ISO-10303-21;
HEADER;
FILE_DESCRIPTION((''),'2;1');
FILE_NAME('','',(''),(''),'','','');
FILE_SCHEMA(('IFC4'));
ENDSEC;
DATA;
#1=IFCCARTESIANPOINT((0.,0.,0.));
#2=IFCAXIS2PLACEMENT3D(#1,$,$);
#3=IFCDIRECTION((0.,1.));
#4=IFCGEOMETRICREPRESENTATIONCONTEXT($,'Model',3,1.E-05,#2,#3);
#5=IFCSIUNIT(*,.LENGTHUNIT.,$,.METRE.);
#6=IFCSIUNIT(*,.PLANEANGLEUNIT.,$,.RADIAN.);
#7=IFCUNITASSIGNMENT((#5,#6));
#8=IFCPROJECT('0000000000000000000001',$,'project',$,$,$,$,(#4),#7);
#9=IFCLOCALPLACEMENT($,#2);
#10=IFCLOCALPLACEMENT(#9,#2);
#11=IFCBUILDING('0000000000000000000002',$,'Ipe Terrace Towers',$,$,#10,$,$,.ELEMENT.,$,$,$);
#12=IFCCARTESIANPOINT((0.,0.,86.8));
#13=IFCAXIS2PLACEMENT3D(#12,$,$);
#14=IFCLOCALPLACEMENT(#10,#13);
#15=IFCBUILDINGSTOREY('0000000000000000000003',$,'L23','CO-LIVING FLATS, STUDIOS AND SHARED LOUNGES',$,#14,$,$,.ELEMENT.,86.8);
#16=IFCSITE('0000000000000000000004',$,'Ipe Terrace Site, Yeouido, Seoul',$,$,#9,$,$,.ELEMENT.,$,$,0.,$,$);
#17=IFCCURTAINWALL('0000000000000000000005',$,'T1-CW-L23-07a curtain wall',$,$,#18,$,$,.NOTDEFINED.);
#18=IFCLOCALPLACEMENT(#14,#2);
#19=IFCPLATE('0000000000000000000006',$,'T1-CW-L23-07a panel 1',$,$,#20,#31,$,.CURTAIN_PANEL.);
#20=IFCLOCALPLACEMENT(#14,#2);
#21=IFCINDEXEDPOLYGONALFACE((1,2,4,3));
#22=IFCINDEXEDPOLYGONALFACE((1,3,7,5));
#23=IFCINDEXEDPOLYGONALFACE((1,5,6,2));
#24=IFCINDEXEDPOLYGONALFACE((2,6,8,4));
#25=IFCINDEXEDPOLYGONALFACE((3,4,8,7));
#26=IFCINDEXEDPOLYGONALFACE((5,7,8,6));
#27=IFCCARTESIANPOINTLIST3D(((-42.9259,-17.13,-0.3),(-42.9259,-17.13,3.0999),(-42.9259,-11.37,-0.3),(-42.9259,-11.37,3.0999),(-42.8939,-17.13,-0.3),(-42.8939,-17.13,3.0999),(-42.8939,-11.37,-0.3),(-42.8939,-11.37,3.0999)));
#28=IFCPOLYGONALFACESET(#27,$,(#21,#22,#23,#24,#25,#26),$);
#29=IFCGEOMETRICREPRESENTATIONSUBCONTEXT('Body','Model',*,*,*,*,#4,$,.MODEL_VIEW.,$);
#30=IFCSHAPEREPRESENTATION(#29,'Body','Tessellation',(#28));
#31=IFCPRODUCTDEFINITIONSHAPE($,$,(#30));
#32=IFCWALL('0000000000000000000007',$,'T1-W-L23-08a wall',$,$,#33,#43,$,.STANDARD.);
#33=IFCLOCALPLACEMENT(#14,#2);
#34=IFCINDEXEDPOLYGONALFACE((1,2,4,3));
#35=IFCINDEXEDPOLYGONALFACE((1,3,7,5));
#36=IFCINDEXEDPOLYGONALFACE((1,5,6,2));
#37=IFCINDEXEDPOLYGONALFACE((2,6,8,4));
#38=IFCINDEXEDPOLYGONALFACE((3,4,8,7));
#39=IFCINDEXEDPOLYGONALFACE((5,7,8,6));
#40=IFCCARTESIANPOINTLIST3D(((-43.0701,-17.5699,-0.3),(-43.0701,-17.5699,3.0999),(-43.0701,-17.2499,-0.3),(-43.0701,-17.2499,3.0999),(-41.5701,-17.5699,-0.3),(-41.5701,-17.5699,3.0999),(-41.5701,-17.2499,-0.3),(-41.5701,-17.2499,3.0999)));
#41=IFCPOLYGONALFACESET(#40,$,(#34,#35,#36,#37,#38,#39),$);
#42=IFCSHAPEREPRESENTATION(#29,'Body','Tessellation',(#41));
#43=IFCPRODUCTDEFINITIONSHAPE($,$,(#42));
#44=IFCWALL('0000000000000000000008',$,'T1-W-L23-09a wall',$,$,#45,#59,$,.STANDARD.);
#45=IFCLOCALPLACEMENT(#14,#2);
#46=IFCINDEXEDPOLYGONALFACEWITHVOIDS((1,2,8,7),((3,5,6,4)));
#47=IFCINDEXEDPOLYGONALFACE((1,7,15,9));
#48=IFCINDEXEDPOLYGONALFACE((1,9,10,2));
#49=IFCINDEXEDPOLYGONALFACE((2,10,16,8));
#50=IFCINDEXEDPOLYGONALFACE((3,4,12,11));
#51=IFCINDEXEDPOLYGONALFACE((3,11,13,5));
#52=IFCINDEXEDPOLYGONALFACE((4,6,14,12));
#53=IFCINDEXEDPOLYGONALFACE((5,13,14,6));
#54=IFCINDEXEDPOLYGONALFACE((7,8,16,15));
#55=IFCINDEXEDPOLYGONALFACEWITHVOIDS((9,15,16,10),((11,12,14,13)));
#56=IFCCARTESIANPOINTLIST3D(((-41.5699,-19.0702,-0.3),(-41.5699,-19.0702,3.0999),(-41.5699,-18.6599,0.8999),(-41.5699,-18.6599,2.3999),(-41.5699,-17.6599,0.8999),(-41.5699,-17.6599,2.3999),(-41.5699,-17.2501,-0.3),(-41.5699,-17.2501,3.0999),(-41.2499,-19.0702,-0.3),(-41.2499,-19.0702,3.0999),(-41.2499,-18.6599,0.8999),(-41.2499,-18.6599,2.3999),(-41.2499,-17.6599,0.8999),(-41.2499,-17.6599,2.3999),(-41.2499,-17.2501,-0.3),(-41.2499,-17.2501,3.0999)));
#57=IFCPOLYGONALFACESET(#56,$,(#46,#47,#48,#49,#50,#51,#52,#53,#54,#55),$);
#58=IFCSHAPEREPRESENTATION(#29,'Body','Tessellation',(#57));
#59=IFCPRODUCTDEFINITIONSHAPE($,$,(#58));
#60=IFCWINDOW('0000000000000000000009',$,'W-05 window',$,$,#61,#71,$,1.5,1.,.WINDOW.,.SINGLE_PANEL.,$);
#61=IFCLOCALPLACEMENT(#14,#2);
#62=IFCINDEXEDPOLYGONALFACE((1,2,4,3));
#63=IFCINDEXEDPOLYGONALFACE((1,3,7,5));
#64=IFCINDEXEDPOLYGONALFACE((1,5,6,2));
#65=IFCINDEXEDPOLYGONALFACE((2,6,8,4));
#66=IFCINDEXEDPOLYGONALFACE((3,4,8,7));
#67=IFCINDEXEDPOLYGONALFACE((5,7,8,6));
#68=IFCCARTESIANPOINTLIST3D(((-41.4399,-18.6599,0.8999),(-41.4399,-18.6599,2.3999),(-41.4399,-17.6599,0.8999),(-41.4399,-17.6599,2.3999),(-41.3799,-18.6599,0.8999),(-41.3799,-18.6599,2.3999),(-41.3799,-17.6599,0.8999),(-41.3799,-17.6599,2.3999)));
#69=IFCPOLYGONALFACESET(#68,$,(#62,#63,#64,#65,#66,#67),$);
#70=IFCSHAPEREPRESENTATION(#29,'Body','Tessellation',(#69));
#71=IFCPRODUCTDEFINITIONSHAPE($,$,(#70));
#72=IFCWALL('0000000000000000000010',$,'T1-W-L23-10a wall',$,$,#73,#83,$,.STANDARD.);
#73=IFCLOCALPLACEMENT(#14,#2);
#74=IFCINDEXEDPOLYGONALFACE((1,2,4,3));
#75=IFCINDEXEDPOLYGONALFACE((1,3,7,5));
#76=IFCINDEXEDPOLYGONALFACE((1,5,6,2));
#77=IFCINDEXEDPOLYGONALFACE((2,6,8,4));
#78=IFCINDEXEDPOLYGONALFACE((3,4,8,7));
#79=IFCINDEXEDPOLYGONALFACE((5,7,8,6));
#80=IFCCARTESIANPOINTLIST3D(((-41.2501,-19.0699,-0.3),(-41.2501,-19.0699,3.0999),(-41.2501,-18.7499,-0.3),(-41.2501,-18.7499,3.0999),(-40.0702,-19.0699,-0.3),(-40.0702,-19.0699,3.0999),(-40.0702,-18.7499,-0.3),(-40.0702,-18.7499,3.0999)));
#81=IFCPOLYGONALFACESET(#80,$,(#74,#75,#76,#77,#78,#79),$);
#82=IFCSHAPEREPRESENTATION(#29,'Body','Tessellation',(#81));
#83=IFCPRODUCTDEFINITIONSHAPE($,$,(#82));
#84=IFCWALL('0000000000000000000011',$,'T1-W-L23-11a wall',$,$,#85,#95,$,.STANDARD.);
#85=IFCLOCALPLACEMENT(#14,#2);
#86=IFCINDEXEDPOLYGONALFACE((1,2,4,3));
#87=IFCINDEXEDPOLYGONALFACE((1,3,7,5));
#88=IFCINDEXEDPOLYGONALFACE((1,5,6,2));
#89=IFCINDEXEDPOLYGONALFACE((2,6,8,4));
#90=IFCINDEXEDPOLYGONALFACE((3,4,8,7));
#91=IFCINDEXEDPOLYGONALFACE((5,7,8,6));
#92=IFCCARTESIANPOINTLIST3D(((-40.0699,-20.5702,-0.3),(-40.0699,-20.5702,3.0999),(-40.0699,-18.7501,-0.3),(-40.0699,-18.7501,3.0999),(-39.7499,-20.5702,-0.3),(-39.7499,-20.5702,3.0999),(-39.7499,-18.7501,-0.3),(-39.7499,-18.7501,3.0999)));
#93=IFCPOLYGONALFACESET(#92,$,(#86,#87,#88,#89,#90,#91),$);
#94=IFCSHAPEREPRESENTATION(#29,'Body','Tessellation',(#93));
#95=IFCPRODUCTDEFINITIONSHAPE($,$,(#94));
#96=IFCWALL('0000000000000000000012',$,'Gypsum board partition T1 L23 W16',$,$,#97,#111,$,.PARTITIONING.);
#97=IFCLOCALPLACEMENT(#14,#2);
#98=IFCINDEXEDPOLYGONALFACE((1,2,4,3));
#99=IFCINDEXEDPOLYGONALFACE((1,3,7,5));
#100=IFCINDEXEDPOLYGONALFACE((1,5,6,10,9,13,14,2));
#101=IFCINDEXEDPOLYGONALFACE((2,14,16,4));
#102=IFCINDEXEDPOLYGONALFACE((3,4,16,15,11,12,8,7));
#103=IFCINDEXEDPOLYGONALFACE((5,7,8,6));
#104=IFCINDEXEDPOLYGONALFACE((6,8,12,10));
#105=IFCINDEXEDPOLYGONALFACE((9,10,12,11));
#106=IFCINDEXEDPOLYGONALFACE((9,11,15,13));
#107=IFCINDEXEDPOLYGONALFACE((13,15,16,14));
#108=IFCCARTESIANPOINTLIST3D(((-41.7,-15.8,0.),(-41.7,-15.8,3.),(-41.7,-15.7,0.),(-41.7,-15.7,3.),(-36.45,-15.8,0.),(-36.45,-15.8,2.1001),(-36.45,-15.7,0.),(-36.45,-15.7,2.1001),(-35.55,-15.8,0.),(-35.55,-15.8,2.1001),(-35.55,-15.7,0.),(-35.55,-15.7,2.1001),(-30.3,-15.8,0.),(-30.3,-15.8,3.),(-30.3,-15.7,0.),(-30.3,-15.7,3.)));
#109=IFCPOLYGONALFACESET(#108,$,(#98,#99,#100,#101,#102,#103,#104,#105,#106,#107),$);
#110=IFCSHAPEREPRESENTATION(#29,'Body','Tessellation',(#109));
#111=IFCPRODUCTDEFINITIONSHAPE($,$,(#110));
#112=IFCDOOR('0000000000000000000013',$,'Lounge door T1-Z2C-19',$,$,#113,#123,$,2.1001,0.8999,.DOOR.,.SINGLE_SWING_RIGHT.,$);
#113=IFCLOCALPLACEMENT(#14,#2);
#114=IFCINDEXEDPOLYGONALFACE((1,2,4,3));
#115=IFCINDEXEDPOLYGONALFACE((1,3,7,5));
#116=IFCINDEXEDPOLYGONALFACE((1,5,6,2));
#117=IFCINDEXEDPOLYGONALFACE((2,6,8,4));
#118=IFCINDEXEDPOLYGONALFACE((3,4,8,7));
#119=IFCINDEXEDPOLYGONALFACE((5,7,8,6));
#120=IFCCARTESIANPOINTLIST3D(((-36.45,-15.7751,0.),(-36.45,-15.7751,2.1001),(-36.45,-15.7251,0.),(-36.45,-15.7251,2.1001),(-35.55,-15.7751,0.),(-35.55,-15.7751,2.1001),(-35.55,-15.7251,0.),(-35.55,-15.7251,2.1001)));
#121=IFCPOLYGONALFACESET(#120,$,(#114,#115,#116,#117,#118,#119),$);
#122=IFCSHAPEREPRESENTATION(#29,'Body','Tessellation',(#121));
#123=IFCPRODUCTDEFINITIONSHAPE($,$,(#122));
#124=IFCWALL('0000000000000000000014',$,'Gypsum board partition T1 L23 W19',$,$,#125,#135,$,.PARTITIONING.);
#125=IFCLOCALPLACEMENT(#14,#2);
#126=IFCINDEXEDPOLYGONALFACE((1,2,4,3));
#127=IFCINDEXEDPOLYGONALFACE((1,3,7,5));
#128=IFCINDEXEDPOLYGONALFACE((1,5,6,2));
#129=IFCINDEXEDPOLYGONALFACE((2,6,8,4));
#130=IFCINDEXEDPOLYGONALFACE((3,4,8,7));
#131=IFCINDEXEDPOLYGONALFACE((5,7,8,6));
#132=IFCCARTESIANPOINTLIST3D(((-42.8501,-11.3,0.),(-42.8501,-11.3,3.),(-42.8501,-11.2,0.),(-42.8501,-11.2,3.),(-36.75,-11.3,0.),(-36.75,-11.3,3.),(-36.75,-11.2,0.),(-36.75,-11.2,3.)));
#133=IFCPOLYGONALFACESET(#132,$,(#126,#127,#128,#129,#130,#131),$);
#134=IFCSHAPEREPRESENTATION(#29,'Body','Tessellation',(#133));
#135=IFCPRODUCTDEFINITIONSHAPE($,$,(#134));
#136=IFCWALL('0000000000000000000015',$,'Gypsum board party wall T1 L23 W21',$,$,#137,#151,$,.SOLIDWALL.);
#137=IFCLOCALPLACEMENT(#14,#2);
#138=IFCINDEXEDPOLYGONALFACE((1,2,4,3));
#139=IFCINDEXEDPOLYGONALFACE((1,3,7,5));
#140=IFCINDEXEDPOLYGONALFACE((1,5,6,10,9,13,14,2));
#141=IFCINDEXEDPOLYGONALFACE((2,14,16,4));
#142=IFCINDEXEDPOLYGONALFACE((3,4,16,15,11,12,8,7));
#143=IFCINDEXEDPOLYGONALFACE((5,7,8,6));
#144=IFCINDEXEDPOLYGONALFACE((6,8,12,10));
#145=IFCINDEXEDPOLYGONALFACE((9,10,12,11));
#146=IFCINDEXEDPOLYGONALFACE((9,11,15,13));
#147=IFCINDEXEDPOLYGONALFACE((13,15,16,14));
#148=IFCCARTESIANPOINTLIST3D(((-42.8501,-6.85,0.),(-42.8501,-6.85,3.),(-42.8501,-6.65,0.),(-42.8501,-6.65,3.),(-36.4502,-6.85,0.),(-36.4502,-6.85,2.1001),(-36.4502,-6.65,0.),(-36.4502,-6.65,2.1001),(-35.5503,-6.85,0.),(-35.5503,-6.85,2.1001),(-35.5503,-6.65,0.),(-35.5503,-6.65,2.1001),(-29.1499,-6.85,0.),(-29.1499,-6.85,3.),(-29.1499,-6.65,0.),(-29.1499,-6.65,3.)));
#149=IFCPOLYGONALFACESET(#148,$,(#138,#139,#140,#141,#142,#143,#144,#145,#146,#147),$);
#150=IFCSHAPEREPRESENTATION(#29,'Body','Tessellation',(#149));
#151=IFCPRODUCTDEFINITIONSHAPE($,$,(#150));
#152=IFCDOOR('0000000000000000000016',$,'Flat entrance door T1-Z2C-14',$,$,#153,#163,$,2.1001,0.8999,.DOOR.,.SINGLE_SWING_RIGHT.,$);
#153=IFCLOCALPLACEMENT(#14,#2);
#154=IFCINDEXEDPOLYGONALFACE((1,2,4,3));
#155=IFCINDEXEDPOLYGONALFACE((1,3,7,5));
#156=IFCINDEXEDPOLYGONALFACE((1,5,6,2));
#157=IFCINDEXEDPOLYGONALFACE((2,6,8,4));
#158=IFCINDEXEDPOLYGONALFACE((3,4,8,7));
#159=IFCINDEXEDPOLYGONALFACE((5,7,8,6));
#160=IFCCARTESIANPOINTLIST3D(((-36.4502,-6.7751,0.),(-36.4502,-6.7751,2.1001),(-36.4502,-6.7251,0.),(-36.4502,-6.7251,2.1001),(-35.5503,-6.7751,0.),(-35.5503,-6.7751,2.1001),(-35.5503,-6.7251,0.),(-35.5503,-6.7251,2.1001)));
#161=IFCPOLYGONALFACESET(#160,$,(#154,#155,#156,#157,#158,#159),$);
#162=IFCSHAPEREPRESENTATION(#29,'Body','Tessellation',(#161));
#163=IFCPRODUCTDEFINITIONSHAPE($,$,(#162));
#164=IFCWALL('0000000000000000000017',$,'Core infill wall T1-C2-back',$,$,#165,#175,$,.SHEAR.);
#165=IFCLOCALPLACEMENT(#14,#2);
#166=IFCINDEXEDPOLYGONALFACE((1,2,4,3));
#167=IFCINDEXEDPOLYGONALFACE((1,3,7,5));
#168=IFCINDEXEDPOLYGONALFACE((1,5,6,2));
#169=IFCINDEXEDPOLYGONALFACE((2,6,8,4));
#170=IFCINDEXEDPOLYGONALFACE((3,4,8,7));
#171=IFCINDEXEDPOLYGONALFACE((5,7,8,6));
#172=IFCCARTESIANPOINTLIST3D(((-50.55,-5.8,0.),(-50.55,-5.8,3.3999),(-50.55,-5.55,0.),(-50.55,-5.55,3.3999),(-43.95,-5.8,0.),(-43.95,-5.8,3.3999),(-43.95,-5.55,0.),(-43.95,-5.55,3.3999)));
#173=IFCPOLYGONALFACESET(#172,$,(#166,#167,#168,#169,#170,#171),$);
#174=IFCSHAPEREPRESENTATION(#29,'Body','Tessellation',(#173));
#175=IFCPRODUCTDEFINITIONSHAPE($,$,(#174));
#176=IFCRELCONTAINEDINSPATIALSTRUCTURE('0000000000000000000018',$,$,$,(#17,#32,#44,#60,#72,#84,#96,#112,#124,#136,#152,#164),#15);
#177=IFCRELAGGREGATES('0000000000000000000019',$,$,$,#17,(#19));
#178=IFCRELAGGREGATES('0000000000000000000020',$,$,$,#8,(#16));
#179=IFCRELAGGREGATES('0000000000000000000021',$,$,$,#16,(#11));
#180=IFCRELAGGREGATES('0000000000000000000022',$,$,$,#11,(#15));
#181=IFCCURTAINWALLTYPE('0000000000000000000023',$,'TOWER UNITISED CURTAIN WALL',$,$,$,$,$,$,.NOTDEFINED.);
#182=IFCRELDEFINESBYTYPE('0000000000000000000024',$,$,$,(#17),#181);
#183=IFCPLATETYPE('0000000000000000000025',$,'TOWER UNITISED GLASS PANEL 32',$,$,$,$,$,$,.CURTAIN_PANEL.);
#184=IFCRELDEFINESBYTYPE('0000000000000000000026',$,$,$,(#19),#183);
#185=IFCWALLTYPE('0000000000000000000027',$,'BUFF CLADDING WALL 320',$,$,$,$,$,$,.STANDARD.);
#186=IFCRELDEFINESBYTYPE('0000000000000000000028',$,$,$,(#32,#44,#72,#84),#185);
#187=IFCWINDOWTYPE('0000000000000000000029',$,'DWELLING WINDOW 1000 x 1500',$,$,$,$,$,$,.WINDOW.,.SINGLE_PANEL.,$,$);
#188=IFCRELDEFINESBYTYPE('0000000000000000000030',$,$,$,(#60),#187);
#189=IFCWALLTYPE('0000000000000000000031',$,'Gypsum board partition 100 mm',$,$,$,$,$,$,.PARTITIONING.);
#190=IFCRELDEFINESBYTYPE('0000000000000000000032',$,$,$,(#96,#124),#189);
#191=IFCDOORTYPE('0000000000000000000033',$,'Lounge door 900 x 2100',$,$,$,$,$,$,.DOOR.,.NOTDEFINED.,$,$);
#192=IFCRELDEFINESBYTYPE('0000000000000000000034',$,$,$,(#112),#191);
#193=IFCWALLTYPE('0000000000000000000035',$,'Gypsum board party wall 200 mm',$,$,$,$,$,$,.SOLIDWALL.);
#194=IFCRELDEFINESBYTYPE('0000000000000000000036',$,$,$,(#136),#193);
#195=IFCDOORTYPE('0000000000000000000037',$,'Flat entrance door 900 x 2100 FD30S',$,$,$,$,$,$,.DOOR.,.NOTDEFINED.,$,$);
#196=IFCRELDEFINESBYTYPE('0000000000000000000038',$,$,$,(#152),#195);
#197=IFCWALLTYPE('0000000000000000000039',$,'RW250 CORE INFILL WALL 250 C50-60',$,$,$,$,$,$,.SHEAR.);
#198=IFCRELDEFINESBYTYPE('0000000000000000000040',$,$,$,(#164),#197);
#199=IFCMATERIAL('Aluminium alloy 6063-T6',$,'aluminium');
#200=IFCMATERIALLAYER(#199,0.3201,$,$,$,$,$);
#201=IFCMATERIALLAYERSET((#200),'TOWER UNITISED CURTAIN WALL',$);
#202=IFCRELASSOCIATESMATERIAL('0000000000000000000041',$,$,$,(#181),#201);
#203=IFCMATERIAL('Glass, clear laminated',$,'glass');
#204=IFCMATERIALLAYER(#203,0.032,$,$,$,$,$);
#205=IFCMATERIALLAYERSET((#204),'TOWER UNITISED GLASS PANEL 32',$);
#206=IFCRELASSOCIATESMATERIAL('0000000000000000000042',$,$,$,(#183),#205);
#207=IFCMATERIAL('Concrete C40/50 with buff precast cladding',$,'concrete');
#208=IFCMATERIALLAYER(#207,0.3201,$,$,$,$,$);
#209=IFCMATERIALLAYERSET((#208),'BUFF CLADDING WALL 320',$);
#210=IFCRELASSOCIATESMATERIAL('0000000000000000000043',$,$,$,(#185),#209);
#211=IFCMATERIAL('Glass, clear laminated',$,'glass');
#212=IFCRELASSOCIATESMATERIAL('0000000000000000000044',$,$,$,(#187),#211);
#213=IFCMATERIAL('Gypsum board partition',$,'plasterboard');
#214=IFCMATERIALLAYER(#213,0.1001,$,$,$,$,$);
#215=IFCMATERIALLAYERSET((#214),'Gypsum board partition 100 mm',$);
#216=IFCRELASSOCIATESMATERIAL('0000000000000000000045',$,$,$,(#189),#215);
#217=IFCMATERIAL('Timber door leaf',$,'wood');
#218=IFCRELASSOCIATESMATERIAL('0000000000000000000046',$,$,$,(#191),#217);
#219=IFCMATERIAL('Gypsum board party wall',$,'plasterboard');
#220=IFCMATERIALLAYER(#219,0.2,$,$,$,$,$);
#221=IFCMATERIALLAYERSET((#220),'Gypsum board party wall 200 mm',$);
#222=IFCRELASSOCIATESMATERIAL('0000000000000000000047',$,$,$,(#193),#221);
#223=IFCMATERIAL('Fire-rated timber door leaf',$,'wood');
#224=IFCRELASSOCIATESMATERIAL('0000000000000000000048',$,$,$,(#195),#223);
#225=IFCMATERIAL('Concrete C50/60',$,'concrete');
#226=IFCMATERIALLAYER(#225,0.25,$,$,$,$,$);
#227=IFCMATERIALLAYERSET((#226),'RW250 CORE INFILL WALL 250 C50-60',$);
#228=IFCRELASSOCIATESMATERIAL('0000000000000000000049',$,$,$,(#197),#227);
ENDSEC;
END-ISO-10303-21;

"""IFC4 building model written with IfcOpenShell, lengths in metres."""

from ifc_helpers import new_model, si_unit, direction, frame, frame_2d, origin, origin_2d, place, context, subcontext, project, spatial, rectangle, extrude, material, layer, layer_set, type_object, element, fill, aggregate, save


model = new_model("IFC4")

# Units and contexts
model_context = context("Model", 3, precision=1e-05, world=origin(), true_north=direction((0.0, 1.0)))
body_context = subcontext(model_context, "Body", "Model", "MODEL_VIEW")
ifc_project = project(units=[si_unit("LENGTHUNIT", "METRE"), si_unit("PLANEANGLEUNIT", "RADIAN")], contexts=[model_context])

# Site, building, storey
site_placement = place(None, origin())
site = spatial("IfcSite", under=ifc_project, at=site_placement, Name="Ipe Terrace Site, Yeouido, Seoul", CompositionType="ELEMENT", RefElevation=0.0)
building_placement = place(site_placement, origin())
building = spatial("IfcBuilding", under=site, at=building_placement, Name="Ipe Terrace Towers", CompositionType="ELEMENT")
storey_placement = place(building_placement, frame((0.0, 0.0, 86.8)))
storey = spatial("IfcBuildingStorey", under=building, at=storey_placement, Name="L23", Description="CO-LIVING FLATS, STUDIOS AND SHARED LOUNGES", CompositionType="ELEMENT", Elevation=86.8)

# Curtain wall
ifc_material_1 = material(Name="Aluminium alloy 6063-T6", Category="aluminium")
ifc_layer_1 = layer(ifc_material_1, 0.3201)
ifc_layer_set_1 = layer_set([ifc_layer_1], Name="TOWER UNITISED CURTAIN WALL")
curtain_wall_type = type_object("IfcCurtainWallType", Name="TOWER UNITISED CURTAIN WALL", PredefinedType="NOTDEFINED", material=ifc_layer_set_1)
curtain_wall_1_placement = place(storey_placement, origin())
curtain_wall_1 = element("IfcCurtainWall", 1, at=curtain_wall_1_placement, inside=storey, type_object=curtain_wall_type, Name="T1-CW-L23-07a curtain wall", PredefinedType="NOTDEFINED")

# Plate
ifc_material_2 = material(Name="Glass, clear laminated", Category="glass")
ifc_layer_2 = layer(ifc_material_2, 0.032)
ifc_layer_set_2 = layer_set([ifc_layer_2], Name="TOWER UNITISED GLASS PANEL 32")
plate_type = type_object("IfcPlateType", Name="TOWER UNITISED GLASS PANEL 32", PredefinedType="CURTAIN_PANEL", material=ifc_layer_set_2)
plate_1_placement = place(storey_placement, frame((-42.9099, -14.25, -0.3), z_axis=(0.0, 0.0, 1.0), x_axis=(0.0, -1.0, 0.0)))
plate_1 = element("IfcPlate", 2, at=plate_1_placement, type_object=plate_type, Name="T1-CW-L23-07a panel 1", PredefinedType="CURTAIN_PANEL", context=body_context, shape_type="SweptSolid", body=[
    extrude(rectangle(XDim=5.76, YDim=0.032, at=origin_2d()), origin(), (0.0, 0.0, 1.0), 3.3999),
])
aggregate(curtain_wall_1, [plate_1])

# Wall
ifc_material_3 = material(Name="Concrete C40/50 with buff precast cladding", Category="concrete")
ifc_layer_3 = layer(ifc_material_3, 0.3201)
ifc_layer_set_3 = layer_set([ifc_layer_3], Name="BUFF CLADDING WALL 320")
wall_type_1 = type_object("IfcWallType", Name="BUFF CLADDING WALL 320", PredefinedType="STANDARD", material=ifc_layer_set_3)
wall_1_placement = place(storey_placement, frame((-43.0701, -17.4099, -0.3), z_axis=(0.0, 0.0, 1.0), x_axis=(1.0, 0.0, 0.0)))
element("IfcWall", 3, at=wall_1_placement, inside=storey, type_object=wall_type_1, Name="T1-W-L23-08a wall", PredefinedType="STANDARD", context=body_context, shape_type="SweptSolid", body=[
    extrude(rectangle(XDim=1.5, YDim=0.3201, at=frame_2d((0.75, 0.0))), origin(), (0.0, 0.0, 1.0), 3.3999),
])

# Wall, opening, window
wall_2_placement = place(storey_placement, frame((-41.4099, -17.25, -0.3), z_axis=(0.0, 0.0, 1.0), x_axis=(0.0, -1.0, 0.0)))
wall_2 = element("IfcWall", 4, at=wall_2_placement, inside=storey, type_object=wall_type_1, Name="T1-W-L23-09a wall", PredefinedType="STANDARD", context=body_context, shape_type="SweptSolid", body=[
    extrude(rectangle(XDim=1.8201, YDim=0.3201, at=frame_2d((0.9102, 0.0))), origin(), (0.0, 0.0, 1.0), 3.3999),
])
opening_1_placement = place(wall_2_placement, frame((0.4099, 0.0, 1.2)))
opening_1 = element("IfcOpeningElement", 5, at=opening_1_placement, cuts=wall_2, PredefinedType="OPENING", context=body_context, shape_type="SweptSolid", body=[
    extrude(rectangle(XDim=1.0, YDim=1.5, at=frame_2d((0.5, 0.75))), frame((0.0, 0.1699, 0.0), z_axis=(0.0, -1.0, 0.0), x_axis=(1.0, 0.0, 0.0)), (0.0, 0.0, 1.0), 0.3401),
])
ifc_material_4 = material(Name="Glass, clear laminated", Category="glass")
window_type = type_object("IfcWindowType", Name="DWELLING WINDOW 1000 x 1500", PartitioningType="SINGLE_PANEL", PredefinedType="WINDOW", material=ifc_material_4)
window_placement = place(opening_1_placement, origin())
window = element("IfcWindow", 6, at=window_placement, inside=storey, type_object=window_type, Name="W-05 window", OverallHeight=1.5, OverallWidth=1.0, PartitioningType="SINGLE_PANEL", PredefinedType="WINDOW", context=body_context, shape_type="SweptSolid", body=[
    extrude(rectangle(XDim=1.0, YDim=1.5, at=frame_2d((0.5, 0.75))), frame((0.0, 0.03, 0.0), z_axis=(0.0, -1.0, 0.0), x_axis=(1.0, 0.0, 0.0)), (0.0, 0.0, 1.0), 0.0601),
])
fill(opening_1, window)

# Walls
wall_3_placement = place(storey_placement, frame((-41.25, -18.9099, -0.3), z_axis=(0.0, 0.0, 1.0), x_axis=(1.0, 0.0, 0.0)))
element("IfcWall", 7, at=wall_3_placement, inside=storey, type_object=wall_type_1, Name="T1-W-L23-10a wall", PredefinedType="STANDARD", context=body_context, shape_type="SweptSolid", body=[
    extrude(rectangle(XDim=1.1799, YDim=0.3201, at=frame_2d((0.5898, 0.0))), origin(), (0.0, 0.0, 1.0), 3.3999),
])
wall_4_placement = place(storey_placement, frame((-39.9099, -18.75, -0.3), z_axis=(0.0, 0.0, 1.0), x_axis=(0.0, -1.0, 0.0)))
element("IfcWall", 8, at=wall_4_placement, inside=storey, type_object=wall_type_1, Name="T1-W-L23-11a wall", PredefinedType="STANDARD", context=body_context, shape_type="SweptSolid", body=[
    extrude(rectangle(XDim=1.8201, YDim=0.3201, at=frame_2d((0.9102, 0.0))), origin(), (0.0, 0.0, 1.0), 3.3999),
])

# Wall, opening, door
ifc_material_5 = material(Name="Gypsum board partition", Category="plasterboard")
ifc_layer_4 = layer(ifc_material_5, 0.1001)
ifc_layer_set_4 = layer_set([ifc_layer_4], Name="Gypsum board partition 100 mm")
wall_type_2 = type_object("IfcWallType", Name="Gypsum board partition 100 mm", PredefinedType="PARTITIONING", material=ifc_layer_set_4)
wall_5_placement = place(storey_placement, frame((-41.7, -15.75, 0.0), z_axis=(0.0, 0.0, 1.0), x_axis=(1.0, 0.0, 0.0)))
wall_5 = element("IfcWall", 9, at=wall_5_placement, inside=storey, type_object=wall_type_2, Name="Gypsum board partition T1 L23 W16", PredefinedType="PARTITIONING", context=body_context, shape_type="SweptSolid", body=[
    extrude(rectangle(XDim=11.3999, YDim=0.1001, at=frame_2d((5.7, 0.0))), origin(), (0.0, 0.0, 1.0), 3.0),
])
opening_2_placement = place(wall_5_placement, frame((5.25, 0.0, 0.0)))
opening_2 = element("IfcOpeningElement", 10, at=opening_2_placement, cuts=wall_5, PredefinedType="OPENING", context=body_context, shape_type="SweptSolid", body=[
    extrude(rectangle(XDim=0.8999, YDim=2.1001, at=frame_2d((0.45, 1.05))), frame((0.0, 0.0601, 0.0), z_axis=(0.0, -1.0, 0.0), x_axis=(1.0, 0.0, 0.0)), (0.0, 0.0, 1.0), 0.1201),
])
ifc_material_6 = material(Name="Timber door leaf", Category="wood")
door_type_1 = type_object("IfcDoorType", Name="Lounge door 900 x 2100", OperationType="NOTDEFINED", PredefinedType="DOOR", material=ifc_material_6)
door_1_placement = place(opening_2_placement, origin())
door_1 = element("IfcDoor", 11, at=door_1_placement, inside=storey, type_object=door_type_1, Name="Lounge door T1-Z2C-19", OperationType="SINGLE_SWING_RIGHT", OverallHeight=2.1001, OverallWidth=0.8999, PredefinedType="DOOR", context=body_context, shape_type="SweptSolid", body=[
    extrude(rectangle(XDim=0.8999, YDim=2.1001, at=frame_2d((0.45, 1.05))), frame((0.0, 0.0249, 0.0), z_axis=(0.0, -1.0, 0.0), x_axis=(1.0, 0.0, 0.0)), (0.0, 0.0, 1.0), 0.05),
])
fill(opening_2, door_1)

# Wall
wall_6_placement = place(storey_placement, frame((-42.8501, -11.25, 0.0), z_axis=(0.0, 0.0, 1.0), x_axis=(1.0, 0.0, 0.0)))
element("IfcWall", 12, at=wall_6_placement, inside=storey, type_object=wall_type_2, Name="Gypsum board partition T1 L23 W19", PredefinedType="PARTITIONING", context=body_context, shape_type="SweptSolid", body=[
    extrude(rectangle(XDim=6.1001, YDim=0.1001, at=frame_2d((3.05, 0.0))), origin(), (0.0, 0.0, 1.0), 3.0),
])

# Wall, opening, door
ifc_material_7 = material(Name="Gypsum board party wall", Category="plasterboard")
ifc_layer_5 = layer(ifc_material_7, 0.2)
ifc_layer_set_5 = layer_set([ifc_layer_5], Name="Gypsum board party wall 200 mm")
wall_type_3 = type_object("IfcWallType", Name="Gypsum board party wall 200 mm", PredefinedType="SOLIDWALL", material=ifc_layer_set_5)
wall_7_placement = place(storey_placement, frame((-42.8501, -6.75, 0.0), z_axis=(0.0, 0.0, 1.0), x_axis=(1.0, 0.0, 0.0)))
wall_7 = element("IfcWall", 13, at=wall_7_placement, inside=storey, type_object=wall_type_3, Name="Gypsum board party wall T1 L23 W21", PredefinedType="SOLIDWALL", context=body_context, shape_type="SweptSolid", body=[
    extrude(rectangle(XDim=13.7002, YDim=0.2, at=frame_2d((6.8501, 0.0))), origin(), (0.0, 0.0, 1.0), 3.0),
])
opening_3_placement = place(wall_7_placement, frame((6.3999, 0.0, 0.0)))
opening_3 = element("IfcOpeningElement", 14, at=opening_3_placement, cuts=wall_7, PredefinedType="OPENING", context=body_context, shape_type="SweptSolid", body=[
    extrude(rectangle(XDim=0.8999, YDim=2.1001, at=frame_2d((0.45, 1.05))), frame((0.0, 0.1099, 0.0), z_axis=(0.0, -1.0, 0.0), x_axis=(1.0, 0.0, 0.0)), (0.0, 0.0, 1.0), 0.22),
])
ifc_material_8 = material(Name="Fire-rated timber door leaf", Category="wood")
door_type_2 = type_object("IfcDoorType", Name="Flat entrance door 900 x 2100 FD30S", OperationType="NOTDEFINED", PredefinedType="DOOR", material=ifc_material_8)
door_2_placement = place(opening_3_placement, origin())
door_2 = element("IfcDoor", 15, at=door_2_placement, inside=storey, type_object=door_type_2, Name="Flat entrance door T1-Z2C-14", OperationType="SINGLE_SWING_RIGHT", OverallHeight=2.1001, OverallWidth=0.8999, PredefinedType="DOOR", context=body_context, shape_type="SweptSolid", body=[
    extrude(rectangle(XDim=0.8999, YDim=2.1001, at=frame_2d((0.45, 1.05))), frame((0.0, 0.0249, 0.0), z_axis=(0.0, -1.0, 0.0), x_axis=(1.0, 0.0, 0.0)), (0.0, 0.0, 1.0), 0.05),
])
fill(opening_3, door_2)

# Wall
ifc_material_9 = material(Name="Concrete C50/60", Category="concrete")
ifc_layer_6 = layer(ifc_material_9, 0.25)
ifc_layer_set_6 = layer_set([ifc_layer_6], Name="RW250 CORE INFILL WALL 250 C50-60")
wall_type_4 = type_object("IfcWallType", Name="RW250 CORE INFILL WALL 250 C50-60", PredefinedType="SHEAR", material=ifc_layer_set_6)
wall_8_placement = place(storey_placement, frame((-43.95, -5.675, 0.0), z_axis=(0.0, 0.0, 1.0), x_axis=(-1.0, 0.0, 0.0)))
element("IfcWall", 16, at=wall_8_placement, inside=storey, type_object=wall_type_4, Name="Core infill wall T1-C2-back", PredefinedType="SHEAR", context=body_context, shape_type="SweptSolid", body=[
    extrude(rectangle(XDim=6.6001, YDim=0.25, at=frame_2d((3.3, 0.0))), origin(), (0.0, 0.0, 1.0), 3.3999),
])

save(model, "model.ifc")
